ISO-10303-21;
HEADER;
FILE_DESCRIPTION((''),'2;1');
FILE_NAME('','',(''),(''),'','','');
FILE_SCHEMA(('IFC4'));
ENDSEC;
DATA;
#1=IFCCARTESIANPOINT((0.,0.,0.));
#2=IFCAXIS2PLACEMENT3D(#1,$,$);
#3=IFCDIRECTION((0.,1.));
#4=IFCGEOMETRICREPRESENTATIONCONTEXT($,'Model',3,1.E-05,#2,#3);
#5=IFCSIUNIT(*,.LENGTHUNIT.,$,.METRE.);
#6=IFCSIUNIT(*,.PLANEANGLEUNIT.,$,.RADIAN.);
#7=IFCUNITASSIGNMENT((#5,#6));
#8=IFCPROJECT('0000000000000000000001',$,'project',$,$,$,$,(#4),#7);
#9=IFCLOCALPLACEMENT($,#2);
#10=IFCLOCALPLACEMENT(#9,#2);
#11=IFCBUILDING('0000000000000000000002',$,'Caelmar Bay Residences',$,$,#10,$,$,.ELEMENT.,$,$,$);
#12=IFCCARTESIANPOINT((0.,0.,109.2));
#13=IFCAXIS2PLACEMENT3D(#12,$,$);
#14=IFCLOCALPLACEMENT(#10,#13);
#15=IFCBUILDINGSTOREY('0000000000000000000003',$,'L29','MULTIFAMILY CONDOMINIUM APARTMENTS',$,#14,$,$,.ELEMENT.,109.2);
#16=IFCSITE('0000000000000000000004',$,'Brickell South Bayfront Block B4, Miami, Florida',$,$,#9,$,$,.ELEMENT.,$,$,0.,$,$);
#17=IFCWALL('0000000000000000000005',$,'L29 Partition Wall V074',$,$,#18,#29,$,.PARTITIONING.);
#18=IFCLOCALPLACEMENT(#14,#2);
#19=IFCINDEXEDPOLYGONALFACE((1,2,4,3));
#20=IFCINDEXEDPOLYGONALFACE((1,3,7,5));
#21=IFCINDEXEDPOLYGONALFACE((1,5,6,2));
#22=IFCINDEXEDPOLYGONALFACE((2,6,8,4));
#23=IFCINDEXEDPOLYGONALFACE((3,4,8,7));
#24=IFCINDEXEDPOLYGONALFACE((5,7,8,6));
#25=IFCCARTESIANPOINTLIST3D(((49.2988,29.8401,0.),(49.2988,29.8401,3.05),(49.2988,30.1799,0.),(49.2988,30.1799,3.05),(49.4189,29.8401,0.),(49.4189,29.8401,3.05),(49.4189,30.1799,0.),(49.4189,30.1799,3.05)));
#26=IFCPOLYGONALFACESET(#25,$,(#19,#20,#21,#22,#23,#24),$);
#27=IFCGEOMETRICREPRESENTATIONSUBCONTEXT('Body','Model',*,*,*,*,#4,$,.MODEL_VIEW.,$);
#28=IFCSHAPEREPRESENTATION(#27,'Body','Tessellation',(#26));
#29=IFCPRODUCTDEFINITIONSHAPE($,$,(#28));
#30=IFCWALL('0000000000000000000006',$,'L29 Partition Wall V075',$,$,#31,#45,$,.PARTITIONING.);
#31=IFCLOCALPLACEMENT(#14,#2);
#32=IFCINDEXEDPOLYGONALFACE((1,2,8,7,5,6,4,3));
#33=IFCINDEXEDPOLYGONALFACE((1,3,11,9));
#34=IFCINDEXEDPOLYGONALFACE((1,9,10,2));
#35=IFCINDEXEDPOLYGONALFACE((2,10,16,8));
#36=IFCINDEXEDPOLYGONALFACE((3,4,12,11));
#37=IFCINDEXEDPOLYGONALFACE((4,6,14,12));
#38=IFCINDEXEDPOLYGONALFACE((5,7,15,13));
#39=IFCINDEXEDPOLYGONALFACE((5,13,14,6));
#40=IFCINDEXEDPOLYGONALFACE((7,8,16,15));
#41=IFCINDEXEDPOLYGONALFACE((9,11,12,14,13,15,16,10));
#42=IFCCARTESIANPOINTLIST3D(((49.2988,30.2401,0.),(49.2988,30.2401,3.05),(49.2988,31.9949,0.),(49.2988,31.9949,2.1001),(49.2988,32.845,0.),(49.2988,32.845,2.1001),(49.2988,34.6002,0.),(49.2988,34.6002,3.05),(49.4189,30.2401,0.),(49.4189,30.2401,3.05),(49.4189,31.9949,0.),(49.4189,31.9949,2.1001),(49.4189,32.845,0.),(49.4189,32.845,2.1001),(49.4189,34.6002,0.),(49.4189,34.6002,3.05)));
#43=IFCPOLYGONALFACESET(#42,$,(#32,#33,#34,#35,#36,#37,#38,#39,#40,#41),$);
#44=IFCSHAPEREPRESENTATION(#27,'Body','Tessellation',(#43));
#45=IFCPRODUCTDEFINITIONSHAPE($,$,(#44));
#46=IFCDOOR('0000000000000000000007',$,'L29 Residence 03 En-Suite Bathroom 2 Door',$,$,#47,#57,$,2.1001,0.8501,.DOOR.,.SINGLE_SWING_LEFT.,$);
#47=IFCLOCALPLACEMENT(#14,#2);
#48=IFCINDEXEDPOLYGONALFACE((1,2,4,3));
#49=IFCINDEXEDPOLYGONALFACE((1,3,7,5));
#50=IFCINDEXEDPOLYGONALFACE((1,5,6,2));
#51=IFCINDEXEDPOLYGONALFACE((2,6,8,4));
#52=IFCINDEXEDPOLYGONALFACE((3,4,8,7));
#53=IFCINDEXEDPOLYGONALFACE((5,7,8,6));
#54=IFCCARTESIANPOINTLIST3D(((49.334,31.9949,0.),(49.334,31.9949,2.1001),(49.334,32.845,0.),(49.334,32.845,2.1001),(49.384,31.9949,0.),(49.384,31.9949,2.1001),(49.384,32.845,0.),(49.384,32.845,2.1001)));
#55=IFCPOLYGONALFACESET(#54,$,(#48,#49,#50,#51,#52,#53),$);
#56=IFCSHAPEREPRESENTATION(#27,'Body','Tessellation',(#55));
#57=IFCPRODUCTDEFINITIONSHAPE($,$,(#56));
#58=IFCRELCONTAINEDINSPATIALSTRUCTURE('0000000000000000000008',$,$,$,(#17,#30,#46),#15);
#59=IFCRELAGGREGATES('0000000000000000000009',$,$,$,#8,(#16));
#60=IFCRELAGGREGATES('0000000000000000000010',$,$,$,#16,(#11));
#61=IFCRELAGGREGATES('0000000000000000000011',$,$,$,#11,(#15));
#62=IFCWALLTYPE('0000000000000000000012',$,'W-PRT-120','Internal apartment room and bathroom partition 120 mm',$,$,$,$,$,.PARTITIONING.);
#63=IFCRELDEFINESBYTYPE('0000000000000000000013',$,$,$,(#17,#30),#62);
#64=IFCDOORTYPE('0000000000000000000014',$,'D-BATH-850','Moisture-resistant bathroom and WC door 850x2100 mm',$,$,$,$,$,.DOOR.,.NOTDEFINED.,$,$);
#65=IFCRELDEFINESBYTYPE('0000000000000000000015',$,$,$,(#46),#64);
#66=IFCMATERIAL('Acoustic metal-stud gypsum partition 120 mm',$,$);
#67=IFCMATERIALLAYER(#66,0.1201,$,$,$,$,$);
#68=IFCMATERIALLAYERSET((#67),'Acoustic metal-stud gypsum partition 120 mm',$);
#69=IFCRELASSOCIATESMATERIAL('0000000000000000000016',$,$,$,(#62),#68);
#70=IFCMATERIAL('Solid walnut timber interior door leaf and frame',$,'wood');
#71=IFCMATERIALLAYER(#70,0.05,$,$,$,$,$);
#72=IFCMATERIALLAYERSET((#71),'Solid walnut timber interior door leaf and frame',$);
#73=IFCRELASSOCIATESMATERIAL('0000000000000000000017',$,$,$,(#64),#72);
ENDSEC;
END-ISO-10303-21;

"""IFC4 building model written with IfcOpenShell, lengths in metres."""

from ifc_helpers import new_model, si_unit, direction, frame, frame_2d, origin, place, context, subcontext, project, spatial, rectangle, extrude, material, layer, layer_set, type_object, element, fill, save


model = new_model("IFC4")

# Units and contexts
model_context = context("Model", 3, precision=1e-05, world=origin(), true_north=direction((0.0, 1.0)))
body_context = subcontext(model_context, "Body", "Model", "MODEL_VIEW")
ifc_project = project(units=[si_unit("LENGTHUNIT", "METRE"), si_unit("PLANEANGLEUNIT", "RADIAN")], contexts=[model_context])

# Site, building, storey
site_placement = place(None, origin())
site = spatial("IfcSite", under=ifc_project, at=site_placement, Name="Brickell South Bayfront Block B4, Miami, Florida", CompositionType="ELEMENT", RefElevation=0.0)
building_placement = place(site_placement, origin())
building = spatial("IfcBuilding", under=site, at=building_placement, Name="Caelmar Bay Residences", CompositionType="ELEMENT")
storey_placement = place(building_placement, frame((0.0, 0.0, 109.2)))
storey = spatial("IfcBuildingStorey", under=building, at=storey_placement, Name="L29", Description="MULTIFAMILY CONDOMINIUM APARTMENTS", CompositionType="ELEMENT", Elevation=109.2)

# Shared definitions
ifc_material_1 = material(Name="Acoustic metal-stud gypsum partition 120 mm")
ifc_layer_1 = layer(ifc_material_1, 0.1201)
ifc_layer_set_1 = layer_set([ifc_layer_1], Name="Acoustic metal-stud gypsum partition 120 mm")
wall_type_1 = type_object("IfcWallType", Name="W-PRT-120", Description="Internal apartment room and bathroom partition 120 mm", PredefinedType="PARTITIONING", material=ifc_layer_set_1)

# Shared definitions
ifc_material_2 = material(Name="Solid walnut timber interior door leaf and frame", Category="wood")
ifc_layer_2 = layer(ifc_material_2, 0.05)
ifc_layer_set_2 = layer_set([ifc_layer_2], Name="Solid walnut timber interior door leaf and frame")
door_type = type_object("IfcDoorType", Name="D-BATH-850", Description="Moisture-resistant bathroom and WC door 850x2100 mm", OperationType="NOTDEFINED", PredefinedType="DOOR", material=ifc_layer_set_2)

# Wall
wall_1_placement = place(storey_placement, frame((49.3589, 29.8401, 0.0), z_axis=(0.0, 0.0, 1.0), x_axis=(0.0, 1.0, 0.0)))
element("IfcWall", 1, at=wall_1_placement, inside=storey, type_object=wall_type_1, Name="L29 Partition Wall V074", PredefinedType="PARTITIONING", context=body_context, shape_type="SweptSolid", body=[
    extrude(rectangle(XDim=0.3398, YDim=0.1201, at=frame_2d((0.1699, 0.0))), origin(), (0.0, 0.0, 1.0), 3.05),
])

# Wall, opening, door
wall_2_placement = place(storey_placement, frame((49.3589, 30.24, 0.0), z_axis=(0.0, 0.0, 1.0), x_axis=(0.0, 1.0, 0.0)))
wall_2 = element("IfcWall", 2, at=wall_2_placement, inside=storey, type_object=wall_type_1, Name="L29 Partition Wall V075", PredefinedType="PARTITIONING", context=body_context, shape_type="SweptSolid", body=[
    extrude(rectangle(XDim=4.3601, YDim=0.1201, at=frame_2d((2.1802, 0.0))), origin(), (0.0, 0.0, 1.0), 3.05),
])
opening_1_placement = place(wall_2_placement, frame((1.7549, 0.0, 0.0)))
opening_1 = element("IfcOpeningElement", 3, at=opening_1_placement, cuts=wall_2, PredefinedType="OPENING", context=body_context, shape_type="SweptSolid", body=[
    extrude(rectangle(XDim=0.8501, YDim=2.1001, at=frame_2d((0.425, 1.05))), frame((0.0, 0.0701, 0.0), z_axis=(0.0, -1.0, 0.0), x_axis=(1.0, 0.0, 0.0)), (0.0, 0.0, 1.0), 0.1401),
])
door_1_placement = place(opening_1_placement, origin())
door_1 = element("IfcDoor", 4, at=door_1_placement, inside=storey, type_object=door_type, Name="L29 Residence 03 En-Suite Bathroom 2 Door", OperationType="SINGLE_SWING_LEFT", OverallHeight=2.1001, OverallWidth=0.8501, PredefinedType="DOOR", context=body_context, shape_type="SweptSolid", body=[
    extrude(rectangle(XDim=0.8501, YDim=2.1001, at=frame_2d((0.425, 1.05))), frame((0.0, 0.0249, 0.0), z_axis=(0.0, -1.0, 0.0), x_axis=(1.0, 0.0, 0.0)), (0.0, 0.0, 1.0), 0.05),
])
fill(opening_1, door_1)

save(model, "model.ifc")
